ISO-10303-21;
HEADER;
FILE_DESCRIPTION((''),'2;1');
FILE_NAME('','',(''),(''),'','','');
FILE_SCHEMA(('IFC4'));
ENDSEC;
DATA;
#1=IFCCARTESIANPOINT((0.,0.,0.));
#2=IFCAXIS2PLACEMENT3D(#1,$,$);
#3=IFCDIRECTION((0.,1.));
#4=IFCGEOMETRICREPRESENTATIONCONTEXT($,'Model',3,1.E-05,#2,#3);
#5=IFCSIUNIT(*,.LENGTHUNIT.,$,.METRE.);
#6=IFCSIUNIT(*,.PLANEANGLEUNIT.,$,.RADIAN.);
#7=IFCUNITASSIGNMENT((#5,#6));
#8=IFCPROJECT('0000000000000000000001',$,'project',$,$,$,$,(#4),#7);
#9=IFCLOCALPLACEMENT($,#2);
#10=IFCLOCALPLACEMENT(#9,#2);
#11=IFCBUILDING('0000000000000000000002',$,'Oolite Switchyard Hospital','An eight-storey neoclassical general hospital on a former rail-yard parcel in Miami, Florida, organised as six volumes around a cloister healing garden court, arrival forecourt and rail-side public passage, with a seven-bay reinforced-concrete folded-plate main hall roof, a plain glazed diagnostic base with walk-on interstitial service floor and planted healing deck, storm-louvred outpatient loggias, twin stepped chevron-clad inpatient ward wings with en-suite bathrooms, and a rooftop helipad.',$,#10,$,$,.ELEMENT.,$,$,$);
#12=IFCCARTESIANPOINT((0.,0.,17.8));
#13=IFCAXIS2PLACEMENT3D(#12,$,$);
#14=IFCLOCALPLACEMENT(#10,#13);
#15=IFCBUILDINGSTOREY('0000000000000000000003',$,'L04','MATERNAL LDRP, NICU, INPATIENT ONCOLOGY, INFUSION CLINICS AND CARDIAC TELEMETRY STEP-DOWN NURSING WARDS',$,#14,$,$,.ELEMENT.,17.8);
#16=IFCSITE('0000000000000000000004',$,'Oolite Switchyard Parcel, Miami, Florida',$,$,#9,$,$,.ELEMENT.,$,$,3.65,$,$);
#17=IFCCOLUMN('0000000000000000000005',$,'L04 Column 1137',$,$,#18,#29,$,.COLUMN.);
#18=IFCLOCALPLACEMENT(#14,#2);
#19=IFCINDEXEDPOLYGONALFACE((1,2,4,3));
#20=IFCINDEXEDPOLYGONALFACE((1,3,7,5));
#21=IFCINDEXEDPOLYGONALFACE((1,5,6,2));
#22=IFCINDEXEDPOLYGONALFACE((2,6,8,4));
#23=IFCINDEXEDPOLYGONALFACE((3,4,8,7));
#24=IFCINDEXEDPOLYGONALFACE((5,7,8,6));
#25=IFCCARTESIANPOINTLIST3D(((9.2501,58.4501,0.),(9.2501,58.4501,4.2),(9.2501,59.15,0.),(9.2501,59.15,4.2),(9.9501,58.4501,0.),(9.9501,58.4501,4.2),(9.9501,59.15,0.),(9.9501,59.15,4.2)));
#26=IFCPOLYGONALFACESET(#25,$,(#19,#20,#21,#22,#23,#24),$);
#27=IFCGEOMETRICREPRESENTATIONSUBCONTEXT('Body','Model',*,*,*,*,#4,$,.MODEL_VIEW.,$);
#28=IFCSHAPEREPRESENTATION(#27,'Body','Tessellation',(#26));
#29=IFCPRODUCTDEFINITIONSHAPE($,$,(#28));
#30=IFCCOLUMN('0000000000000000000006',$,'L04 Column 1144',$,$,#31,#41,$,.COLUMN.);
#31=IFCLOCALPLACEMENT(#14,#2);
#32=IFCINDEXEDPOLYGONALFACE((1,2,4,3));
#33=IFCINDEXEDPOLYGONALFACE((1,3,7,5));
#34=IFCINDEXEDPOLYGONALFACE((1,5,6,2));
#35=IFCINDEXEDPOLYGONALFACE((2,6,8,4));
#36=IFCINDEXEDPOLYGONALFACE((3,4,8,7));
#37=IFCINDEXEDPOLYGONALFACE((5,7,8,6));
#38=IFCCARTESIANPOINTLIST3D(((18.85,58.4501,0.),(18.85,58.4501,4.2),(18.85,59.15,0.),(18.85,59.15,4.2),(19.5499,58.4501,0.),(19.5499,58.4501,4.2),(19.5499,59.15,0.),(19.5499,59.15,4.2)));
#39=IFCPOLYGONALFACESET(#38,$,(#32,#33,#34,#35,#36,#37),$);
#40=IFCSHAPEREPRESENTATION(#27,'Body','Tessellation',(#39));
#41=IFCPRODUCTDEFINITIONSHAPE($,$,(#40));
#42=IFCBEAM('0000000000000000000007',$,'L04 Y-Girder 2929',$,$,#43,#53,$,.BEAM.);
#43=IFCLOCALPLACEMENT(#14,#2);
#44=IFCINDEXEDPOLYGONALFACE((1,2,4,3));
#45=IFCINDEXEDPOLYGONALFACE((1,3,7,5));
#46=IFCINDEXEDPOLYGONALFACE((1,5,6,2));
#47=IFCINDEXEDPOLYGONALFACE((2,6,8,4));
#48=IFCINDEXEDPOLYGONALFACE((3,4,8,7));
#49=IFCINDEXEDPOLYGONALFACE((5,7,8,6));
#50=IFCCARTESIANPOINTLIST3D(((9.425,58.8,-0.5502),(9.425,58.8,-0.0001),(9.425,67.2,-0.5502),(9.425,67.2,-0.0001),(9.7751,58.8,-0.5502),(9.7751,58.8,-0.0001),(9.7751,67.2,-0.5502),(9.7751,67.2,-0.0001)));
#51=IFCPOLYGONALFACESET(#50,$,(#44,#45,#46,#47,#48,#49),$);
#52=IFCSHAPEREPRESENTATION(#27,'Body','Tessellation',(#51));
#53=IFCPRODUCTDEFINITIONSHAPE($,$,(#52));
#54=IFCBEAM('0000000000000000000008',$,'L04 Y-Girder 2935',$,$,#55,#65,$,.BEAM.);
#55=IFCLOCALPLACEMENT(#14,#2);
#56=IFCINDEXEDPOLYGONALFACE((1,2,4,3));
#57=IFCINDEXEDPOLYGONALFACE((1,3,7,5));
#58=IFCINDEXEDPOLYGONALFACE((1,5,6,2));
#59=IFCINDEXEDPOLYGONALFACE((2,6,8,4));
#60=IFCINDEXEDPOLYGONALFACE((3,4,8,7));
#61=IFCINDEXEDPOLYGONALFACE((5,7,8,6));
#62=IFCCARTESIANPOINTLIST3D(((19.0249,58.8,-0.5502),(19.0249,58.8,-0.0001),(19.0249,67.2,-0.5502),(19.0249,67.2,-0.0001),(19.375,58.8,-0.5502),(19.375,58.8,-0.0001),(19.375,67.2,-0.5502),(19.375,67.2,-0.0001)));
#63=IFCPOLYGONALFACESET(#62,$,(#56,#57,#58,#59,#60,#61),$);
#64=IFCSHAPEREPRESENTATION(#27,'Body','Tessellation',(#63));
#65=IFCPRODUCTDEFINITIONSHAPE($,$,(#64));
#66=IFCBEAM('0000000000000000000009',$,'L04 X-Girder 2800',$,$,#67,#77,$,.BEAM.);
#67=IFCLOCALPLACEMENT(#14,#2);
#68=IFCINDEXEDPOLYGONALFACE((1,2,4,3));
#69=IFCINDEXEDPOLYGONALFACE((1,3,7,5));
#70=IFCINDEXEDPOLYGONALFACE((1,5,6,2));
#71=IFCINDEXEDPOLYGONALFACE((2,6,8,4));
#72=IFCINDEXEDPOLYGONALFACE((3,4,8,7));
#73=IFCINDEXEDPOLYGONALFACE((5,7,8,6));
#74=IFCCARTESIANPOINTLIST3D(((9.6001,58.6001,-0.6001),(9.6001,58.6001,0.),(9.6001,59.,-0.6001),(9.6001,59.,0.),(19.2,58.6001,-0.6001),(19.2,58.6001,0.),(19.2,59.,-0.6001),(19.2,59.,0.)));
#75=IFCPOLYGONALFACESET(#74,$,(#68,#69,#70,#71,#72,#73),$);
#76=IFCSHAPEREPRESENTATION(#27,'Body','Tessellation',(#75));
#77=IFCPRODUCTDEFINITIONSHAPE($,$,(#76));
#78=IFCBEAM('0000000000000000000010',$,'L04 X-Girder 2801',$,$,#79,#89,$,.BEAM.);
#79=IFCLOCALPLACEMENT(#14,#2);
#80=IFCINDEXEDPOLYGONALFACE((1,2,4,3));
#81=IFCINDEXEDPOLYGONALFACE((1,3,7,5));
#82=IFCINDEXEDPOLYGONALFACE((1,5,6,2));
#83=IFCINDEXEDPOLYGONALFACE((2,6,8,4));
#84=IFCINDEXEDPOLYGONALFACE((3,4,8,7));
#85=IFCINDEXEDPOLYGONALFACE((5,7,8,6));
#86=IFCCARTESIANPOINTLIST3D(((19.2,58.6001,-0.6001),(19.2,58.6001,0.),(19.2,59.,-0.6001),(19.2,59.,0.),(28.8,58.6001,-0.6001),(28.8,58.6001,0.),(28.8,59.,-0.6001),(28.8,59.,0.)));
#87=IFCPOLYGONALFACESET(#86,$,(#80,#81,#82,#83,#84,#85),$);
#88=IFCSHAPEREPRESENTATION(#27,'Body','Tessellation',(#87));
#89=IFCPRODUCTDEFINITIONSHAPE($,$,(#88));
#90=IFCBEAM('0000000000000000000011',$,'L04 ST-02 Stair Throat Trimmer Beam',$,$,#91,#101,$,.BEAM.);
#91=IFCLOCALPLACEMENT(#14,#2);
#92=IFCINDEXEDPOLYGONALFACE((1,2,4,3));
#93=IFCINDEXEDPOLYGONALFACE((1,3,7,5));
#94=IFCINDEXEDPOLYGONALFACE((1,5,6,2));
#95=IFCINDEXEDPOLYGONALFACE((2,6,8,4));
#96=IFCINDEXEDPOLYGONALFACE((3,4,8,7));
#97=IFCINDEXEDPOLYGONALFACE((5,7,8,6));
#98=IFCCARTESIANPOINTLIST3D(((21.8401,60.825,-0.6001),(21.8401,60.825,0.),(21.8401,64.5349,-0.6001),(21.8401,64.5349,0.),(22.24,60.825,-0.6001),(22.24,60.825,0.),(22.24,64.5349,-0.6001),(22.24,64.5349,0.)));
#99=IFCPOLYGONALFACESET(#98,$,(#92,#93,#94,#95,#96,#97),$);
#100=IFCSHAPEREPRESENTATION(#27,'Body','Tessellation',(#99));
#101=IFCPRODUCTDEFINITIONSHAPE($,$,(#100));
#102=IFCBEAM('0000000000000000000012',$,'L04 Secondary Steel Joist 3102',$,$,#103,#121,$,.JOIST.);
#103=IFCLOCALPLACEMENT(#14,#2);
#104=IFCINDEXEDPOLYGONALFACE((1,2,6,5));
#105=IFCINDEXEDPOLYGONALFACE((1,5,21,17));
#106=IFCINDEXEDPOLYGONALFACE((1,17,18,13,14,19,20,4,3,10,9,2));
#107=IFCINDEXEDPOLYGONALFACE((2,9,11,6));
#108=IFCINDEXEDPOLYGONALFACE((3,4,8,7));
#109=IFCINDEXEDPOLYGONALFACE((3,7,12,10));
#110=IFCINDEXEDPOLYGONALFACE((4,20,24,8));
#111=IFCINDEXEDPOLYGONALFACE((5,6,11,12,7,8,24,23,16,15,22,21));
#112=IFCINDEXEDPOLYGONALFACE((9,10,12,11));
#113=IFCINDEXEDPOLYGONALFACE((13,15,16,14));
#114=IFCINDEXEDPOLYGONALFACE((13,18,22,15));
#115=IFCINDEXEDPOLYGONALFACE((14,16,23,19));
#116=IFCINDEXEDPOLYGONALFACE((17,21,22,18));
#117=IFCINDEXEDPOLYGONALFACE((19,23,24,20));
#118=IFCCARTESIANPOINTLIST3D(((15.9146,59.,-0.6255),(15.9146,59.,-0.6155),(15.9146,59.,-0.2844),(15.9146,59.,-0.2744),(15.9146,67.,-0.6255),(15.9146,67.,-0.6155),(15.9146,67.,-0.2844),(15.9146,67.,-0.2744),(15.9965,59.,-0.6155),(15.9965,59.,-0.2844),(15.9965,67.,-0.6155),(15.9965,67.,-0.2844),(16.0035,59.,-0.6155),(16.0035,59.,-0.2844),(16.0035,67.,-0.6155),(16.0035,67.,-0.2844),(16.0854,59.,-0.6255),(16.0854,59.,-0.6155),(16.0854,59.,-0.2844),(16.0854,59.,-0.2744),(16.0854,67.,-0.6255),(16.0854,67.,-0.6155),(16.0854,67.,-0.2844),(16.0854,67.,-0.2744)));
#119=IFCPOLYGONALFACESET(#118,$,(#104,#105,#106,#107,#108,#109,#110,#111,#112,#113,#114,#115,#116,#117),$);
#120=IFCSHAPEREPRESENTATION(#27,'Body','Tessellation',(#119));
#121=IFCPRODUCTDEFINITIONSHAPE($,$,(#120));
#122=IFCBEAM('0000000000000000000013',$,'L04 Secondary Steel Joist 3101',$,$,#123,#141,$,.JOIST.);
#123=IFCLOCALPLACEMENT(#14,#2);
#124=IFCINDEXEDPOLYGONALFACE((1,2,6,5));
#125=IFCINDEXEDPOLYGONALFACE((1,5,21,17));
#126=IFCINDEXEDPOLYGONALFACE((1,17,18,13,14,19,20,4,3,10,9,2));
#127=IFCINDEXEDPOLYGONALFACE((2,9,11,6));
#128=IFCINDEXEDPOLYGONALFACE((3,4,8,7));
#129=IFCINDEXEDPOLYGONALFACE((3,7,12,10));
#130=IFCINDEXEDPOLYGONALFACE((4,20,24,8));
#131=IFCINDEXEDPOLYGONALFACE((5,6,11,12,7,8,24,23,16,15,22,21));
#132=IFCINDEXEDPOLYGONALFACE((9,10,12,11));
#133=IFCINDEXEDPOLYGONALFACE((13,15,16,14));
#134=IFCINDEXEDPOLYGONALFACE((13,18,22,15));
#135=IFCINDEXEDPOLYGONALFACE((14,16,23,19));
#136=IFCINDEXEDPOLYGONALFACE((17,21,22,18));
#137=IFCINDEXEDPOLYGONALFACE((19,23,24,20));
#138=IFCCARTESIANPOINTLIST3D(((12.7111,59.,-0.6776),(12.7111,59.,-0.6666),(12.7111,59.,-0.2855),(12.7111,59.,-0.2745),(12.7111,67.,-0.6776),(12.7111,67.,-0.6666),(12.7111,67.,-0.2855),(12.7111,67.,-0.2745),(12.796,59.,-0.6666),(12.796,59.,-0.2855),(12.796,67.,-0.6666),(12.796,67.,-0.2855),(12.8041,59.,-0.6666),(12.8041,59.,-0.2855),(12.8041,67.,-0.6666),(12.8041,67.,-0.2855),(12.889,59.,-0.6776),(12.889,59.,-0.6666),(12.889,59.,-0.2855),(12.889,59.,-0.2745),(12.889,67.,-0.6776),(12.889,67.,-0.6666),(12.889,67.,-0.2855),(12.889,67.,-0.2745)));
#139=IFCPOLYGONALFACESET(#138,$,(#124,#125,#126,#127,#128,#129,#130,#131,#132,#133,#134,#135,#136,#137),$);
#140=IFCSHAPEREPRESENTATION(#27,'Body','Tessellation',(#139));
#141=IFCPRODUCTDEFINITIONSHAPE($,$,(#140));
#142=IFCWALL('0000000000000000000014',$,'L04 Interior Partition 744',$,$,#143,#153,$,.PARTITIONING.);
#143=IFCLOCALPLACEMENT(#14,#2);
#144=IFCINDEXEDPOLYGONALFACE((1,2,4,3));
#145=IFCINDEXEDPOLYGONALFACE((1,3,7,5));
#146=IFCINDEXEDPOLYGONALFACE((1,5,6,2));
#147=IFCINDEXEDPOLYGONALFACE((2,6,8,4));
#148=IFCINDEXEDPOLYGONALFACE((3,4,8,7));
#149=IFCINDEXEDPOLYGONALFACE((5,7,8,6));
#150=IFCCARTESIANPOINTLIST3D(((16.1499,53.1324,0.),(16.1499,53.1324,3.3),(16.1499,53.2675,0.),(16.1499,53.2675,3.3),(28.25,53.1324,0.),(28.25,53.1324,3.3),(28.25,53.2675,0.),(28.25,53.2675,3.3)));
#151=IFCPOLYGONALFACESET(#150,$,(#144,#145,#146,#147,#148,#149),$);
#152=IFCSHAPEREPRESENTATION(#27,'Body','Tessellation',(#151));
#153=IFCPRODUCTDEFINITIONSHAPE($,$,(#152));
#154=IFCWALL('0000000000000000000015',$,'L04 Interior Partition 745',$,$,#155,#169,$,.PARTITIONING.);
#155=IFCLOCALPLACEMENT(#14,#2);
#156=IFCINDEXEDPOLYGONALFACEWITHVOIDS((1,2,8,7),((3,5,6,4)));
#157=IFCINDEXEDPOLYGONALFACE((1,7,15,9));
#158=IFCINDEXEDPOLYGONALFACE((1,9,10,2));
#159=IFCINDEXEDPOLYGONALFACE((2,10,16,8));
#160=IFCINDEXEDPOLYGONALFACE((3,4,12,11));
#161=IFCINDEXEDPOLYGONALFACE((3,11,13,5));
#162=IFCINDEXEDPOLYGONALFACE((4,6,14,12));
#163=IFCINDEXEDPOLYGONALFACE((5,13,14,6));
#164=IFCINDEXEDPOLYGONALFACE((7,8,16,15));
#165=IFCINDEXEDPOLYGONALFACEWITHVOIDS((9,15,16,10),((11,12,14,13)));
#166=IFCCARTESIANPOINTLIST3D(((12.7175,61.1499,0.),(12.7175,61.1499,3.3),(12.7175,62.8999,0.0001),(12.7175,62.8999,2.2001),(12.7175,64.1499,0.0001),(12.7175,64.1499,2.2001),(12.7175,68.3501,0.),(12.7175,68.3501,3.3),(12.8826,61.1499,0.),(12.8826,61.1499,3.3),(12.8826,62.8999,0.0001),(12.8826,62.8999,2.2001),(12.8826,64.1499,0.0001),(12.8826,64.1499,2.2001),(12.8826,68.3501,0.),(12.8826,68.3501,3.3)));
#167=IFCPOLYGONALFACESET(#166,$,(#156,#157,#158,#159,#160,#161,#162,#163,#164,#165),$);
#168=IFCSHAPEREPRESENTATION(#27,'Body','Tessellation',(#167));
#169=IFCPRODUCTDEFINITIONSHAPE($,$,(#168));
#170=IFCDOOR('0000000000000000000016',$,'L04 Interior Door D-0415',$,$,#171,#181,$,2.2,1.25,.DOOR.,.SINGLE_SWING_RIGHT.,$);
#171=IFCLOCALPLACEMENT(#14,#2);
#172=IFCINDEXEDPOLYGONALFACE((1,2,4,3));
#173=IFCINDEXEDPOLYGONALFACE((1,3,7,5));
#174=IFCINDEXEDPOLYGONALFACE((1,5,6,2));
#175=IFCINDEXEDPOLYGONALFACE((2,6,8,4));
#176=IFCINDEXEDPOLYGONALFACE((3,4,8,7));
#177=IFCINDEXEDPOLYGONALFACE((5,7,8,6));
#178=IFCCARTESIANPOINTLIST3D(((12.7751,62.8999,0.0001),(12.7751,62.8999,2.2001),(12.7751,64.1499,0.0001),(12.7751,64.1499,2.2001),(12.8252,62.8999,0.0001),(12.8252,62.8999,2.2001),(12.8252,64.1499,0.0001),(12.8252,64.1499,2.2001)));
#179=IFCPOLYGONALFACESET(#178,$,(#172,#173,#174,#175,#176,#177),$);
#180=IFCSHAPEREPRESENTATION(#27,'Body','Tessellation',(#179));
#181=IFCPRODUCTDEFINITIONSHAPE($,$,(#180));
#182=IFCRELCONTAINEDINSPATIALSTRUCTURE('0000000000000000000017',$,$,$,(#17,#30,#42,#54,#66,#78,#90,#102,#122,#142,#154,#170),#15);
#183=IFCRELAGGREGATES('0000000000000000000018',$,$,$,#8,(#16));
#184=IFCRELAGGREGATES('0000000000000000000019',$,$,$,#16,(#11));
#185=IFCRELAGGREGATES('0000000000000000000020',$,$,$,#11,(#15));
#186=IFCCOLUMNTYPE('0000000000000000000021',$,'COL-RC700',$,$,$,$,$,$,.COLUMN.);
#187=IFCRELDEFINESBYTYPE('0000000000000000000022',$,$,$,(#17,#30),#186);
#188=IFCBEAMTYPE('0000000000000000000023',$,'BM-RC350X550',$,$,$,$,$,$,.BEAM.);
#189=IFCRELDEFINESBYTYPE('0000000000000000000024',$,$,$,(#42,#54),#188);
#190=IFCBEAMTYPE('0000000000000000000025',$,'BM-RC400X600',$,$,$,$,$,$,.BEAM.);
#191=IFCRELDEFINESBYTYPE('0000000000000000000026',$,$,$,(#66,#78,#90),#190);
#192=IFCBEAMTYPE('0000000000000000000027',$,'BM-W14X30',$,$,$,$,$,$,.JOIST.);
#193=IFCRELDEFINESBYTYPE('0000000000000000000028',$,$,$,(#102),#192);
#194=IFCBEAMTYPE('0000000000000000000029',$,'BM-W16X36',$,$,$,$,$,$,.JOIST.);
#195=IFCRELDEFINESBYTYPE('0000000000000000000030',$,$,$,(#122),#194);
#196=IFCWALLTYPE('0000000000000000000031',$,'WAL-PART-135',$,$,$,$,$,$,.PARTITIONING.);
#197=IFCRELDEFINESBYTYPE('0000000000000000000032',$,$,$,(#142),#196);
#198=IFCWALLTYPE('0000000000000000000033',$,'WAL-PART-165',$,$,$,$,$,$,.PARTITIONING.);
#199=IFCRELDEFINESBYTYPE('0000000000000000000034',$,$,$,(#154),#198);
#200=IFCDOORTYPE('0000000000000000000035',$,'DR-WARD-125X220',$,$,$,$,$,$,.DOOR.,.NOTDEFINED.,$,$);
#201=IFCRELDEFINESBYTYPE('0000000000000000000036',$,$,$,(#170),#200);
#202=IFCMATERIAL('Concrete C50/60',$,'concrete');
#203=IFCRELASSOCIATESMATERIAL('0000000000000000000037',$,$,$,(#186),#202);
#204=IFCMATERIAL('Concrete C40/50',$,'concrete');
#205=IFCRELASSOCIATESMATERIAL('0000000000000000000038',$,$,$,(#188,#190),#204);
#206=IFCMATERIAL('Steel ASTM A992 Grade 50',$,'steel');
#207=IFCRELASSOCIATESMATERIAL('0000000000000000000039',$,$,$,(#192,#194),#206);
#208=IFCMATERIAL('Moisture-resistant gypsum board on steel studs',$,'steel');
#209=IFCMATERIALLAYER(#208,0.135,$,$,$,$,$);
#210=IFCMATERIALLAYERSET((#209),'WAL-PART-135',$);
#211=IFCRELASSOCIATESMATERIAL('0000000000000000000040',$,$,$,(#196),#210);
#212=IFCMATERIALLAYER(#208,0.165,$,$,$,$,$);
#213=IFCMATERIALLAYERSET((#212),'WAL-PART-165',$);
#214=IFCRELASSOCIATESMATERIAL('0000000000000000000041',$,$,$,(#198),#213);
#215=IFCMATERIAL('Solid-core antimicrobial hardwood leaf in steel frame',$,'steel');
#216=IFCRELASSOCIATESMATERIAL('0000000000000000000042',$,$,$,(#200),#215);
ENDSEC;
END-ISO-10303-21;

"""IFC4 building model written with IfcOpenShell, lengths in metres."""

from ifc_helpers import new_model, si_unit, direction, frame, frame_2d, origin, origin_2d, place, context, subcontext, project, spatial, rectangle, i_section, extrude, material, layer, layer_set, material_profile, profile_set, type_object, element, fill, save


model = new_model("IFC4")

# Units and contexts
model_context = context("Model", 3, precision=1e-05, world=origin(), true_north=direction((0.0, 1.0)))
body_context = subcontext(model_context, "Body", "Model", "MODEL_VIEW")
ifc_project = project(units=[si_unit("LENGTHUNIT", "METRE"), si_unit("PLANEANGLEUNIT", "RADIAN")], contexts=[model_context])

# Site, building, storey
site_placement = place(None, origin())
site = spatial("IfcSite", under=ifc_project, at=site_placement, Name="Oolite Switchyard Parcel, Miami, Florida", CompositionType="ELEMENT", RefElevation=3.65)
building_placement = place(site_placement, origin())
building = spatial("IfcBuilding", under=site, at=building_placement, Name="Oolite Switchyard Hospital", Description="An eight-storey neoclassical general hospital on a former rail-yard parcel in Miami, Florida, organised as six volumes around a cloister healing garden court, arrival forecourt and rail-side public passage, with a seven-bay reinforced-concrete folded-plate main hall roof, a plain glazed diagnostic base with walk-on interstitial service floor and planted healing deck, storm-louvred outpatient loggias, twin stepped chevron-clad inpatient ward wings with en-suite bathrooms, and a rooftop helipad.", CompositionType="ELEMENT")
storey_placement = place(building_placement, frame((0.0, 0.0, 17.8)))
storey = spatial("IfcBuildingStorey", under=building, at=storey_placement, Name="L04", Description="MATERNAL LDRP, NICU, INPATIENT ONCOLOGY, INFUSION CLINICS AND CARDIAC TELEMETRY STEP-DOWN NURSING WARDS", CompositionType="ELEMENT", Elevation=17.8)

# Columns
ifc_material_1 = material(Name="Concrete C50/60", Category="concrete")
ifc_material_profile_1 = material_profile(ifc_material_1, rectangle(XDim=0.7, YDim=0.7, at=origin_2d()), Name="RC700X700")
ifc_profile_set_1 = profile_set([ifc_material_profile_1], Name="Concrete C50/60")
column_type = type_object("IfcColumnType", Name="COL-RC700", PredefinedType="COLUMN", material=ifc_profile_set_1)
for number, where, z_axis, x_axis, name in (
    (1, (9.6001, 58.8, 0.0), (0.0, 0.0, 1.0), (1.0, 0.0, 0.0), "L04 Column 1137"),
    (2, (19.2, 58.8, 0.0), (0.0, 0.0, 1.0), (1.0, 0.0, 0.0), "L04 Column 1144"),
):
    element("IfcColumn", number, at=place(storey_placement, frame(where, z_axis=z_axis, x_axis=x_axis)), inside=storey, type_object=column_type, Name=name, PredefinedType="COLUMN", context=body_context, shape_type="SweptSolid", body=[
        extrude(rectangle(XDim=0.7, YDim=0.7, at=origin_2d()), origin(), (0.0, 0.0, 1.0), 4.2),
    ])

# Beams
ifc_material_2 = material(Name="Concrete C40/50", Category="concrete")
ifc_material_profile_2 = material_profile(ifc_material_2, rectangle(XDim=0.3501, YDim=0.55, at=origin_2d()), Name="RCB350X550")
ifc_profile_set_2 = profile_set([ifc_material_profile_2], Name="Concrete C40/50")
beam_type_1 = type_object("IfcBeamType", Name="BM-RC350X550", PredefinedType="BEAM", material=ifc_profile_set_2)
for number, where, z_axis, x_axis, name in (
    (3, (9.6001, 58.8, -0.2751), (0.0, 1.0, 0.0), (-1.0, 0.0, 0.0), "L04 Y-Girder 2929"),
    (4, (19.2, 58.8, -0.2751), (0.0, 1.0, 0.0), (-1.0, 0.0, 0.0), "L04 Y-Girder 2935"),
):
    element("IfcBeam", number, at=place(storey_placement, frame(where, z_axis=z_axis, x_axis=x_axis)), inside=storey, type_object=beam_type_1, Name=name, PredefinedType="BEAM", context=body_context, shape_type="SweptSolid", body=[
        extrude(rectangle(XDim=0.3501, YDim=0.55, at=origin_2d()), origin(), (0.0, 0.0, 1.0), 8.3999),
    ])
ifc_material_profile_3 = material_profile(ifc_material_2, rectangle(XDim=0.3999, YDim=0.6001, at=origin_2d()), Name="RCB400X600")
ifc_profile_set_3 = profile_set([ifc_material_profile_3], Name="Concrete C40/50")
beam_type_2 = type_object("IfcBeamType", Name="BM-RC400X600", PredefinedType="BEAM", material=ifc_profile_set_3)
beam_1_placement = place(storey_placement, frame((9.6001, 58.8, -0.3), z_axis=(1.0, 0.0, 0.0), x_axis=(0.0, 1.0, 0.0)))
element("IfcBeam", 5, at=beam_1_placement, inside=storey, type_object=beam_type_2, Name="L04 X-Girder 2800", PredefinedType="BEAM", context=body_context, shape_type="SweptSolid", body=[
    extrude(rectangle(XDim=0.3999, YDim=0.6001, at=origin_2d()), origin(), (0.0, 0.0, 1.0), 9.5999),
])
beam_2_placement = place(storey_placement, frame((19.2, 58.8, -0.3), z_axis=(1.0, 0.0, 0.0), x_axis=(0.0, 1.0, 0.0)))
element("IfcBeam", 6, at=beam_2_placement, inside=storey, type_object=beam_type_2, Name="L04 X-Girder 2801", PredefinedType="BEAM", context=body_context, shape_type="SweptSolid", body=[
    extrude(rectangle(XDim=0.3999, YDim=0.6001, at=origin_2d()), origin(), (0.0, 0.0, 1.0), 9.6001),
])
beam_3_placement = place(storey_placement, frame((22.04, 60.825, -0.3), z_axis=(0.0, 1.0, 0.0), x_axis=(-1.0, 0.0, 0.0)))
element("IfcBeam", 7, at=beam_3_placement, inside=storey, type_object=beam_type_2, Name="L04 ST-02 Stair Throat Trimmer Beam", PredefinedType="BEAM", context=body_context, shape_type="SweptSolid", body=[
    extrude(rectangle(XDim=0.3999, YDim=0.6001, at=origin_2d()), origin(), (0.0, 0.0, 1.0), 3.71),
])
ifc_material_3 = material(Name="Steel ASTM A992 Grade 50", Category="steel")
ifc_material_profile_4 = material_profile(ifc_material_3, i_section(OverallWidth=0.1709, OverallDepth=0.3511, WebThickness=0.0071, FlangeThickness=0.01, at=origin_2d()), Name="W14X30")
ifc_profile_set_4 = profile_set([ifc_material_profile_4], Name="Steel ASTM A992 Grade 50")
beam_type_3 = type_object("IfcBeamType", Name="BM-W14X30", PredefinedType="JOIST", material=ifc_profile_set_4)
beam_4_placement = place(storey_placement, frame((16.0, 59.0, -0.45), z_axis=(0.0, 1.0, 0.0), x_axis=(-1.0, 0.0, 0.0)))
element("IfcBeam", 8, at=beam_4_placement, inside=storey, type_object=beam_type_3, Name="L04 Secondary Steel Joist 3102", PredefinedType="JOIST", context=body_context, shape_type="SweptSolid", body=[
    extrude(i_section(OverallWidth=0.1709, OverallDepth=0.3511, WebThickness=0.0071, FlangeThickness=0.01, at=origin_2d()), origin(), (0.0, 0.0, 1.0), 8.0),
])
ifc_material_profile_5 = material_profile(ifc_material_3, i_section(OverallWidth=0.178, OverallDepth=0.4031, WebThickness=0.0081, FlangeThickness=0.011, at=origin_2d()), Name="W16X36")
ifc_profile_set_5 = profile_set([ifc_material_profile_5], Name="Steel ASTM A992 Grade 50")
beam_type_4 = type_object("IfcBeamType", Name="BM-W16X36", PredefinedType="JOIST", material=ifc_profile_set_5)
beam_5_placement = place(storey_placement, frame((12.8, 59.0, -0.4761), z_axis=(0.0, 1.0, 0.0), x_axis=(-1.0, 0.0, 0.0)))
element("IfcBeam", 9, at=beam_5_placement, inside=storey, type_object=beam_type_4, Name="L04 Secondary Steel Joist 3101", PredefinedType="JOIST", context=body_context, shape_type="SweptSolid", body=[
    extrude(i_section(OverallWidth=0.178, OverallDepth=0.4031, WebThickness=0.0081, FlangeThickness=0.011, at=origin_2d()), origin(), (0.0, 0.0, 1.0), 8.0),
])

# Wall
ifc_material_4 = material(Name="Moisture-resistant gypsum board on steel studs", Category="steel")
ifc_layer_1 = layer(ifc_material_4, 0.135)
ifc_layer_set_1 = layer_set([ifc_layer_1], Name="WAL-PART-135")
wall_type_1 = type_object("IfcWallType", Name="WAL-PART-135", PredefinedType="PARTITIONING", material=ifc_layer_set_1)
wall_1_placement = place(storey_placement, frame((16.1499, 53.2, 0.0), z_axis=(0.0, 0.0, 1.0), x_axis=(1.0, 0.0, 0.0)))
element("IfcWall", 10, at=wall_1_placement, inside=storey, type_object=wall_type_1, Name="L04 Interior Partition 744", PredefinedType="PARTITIONING", context=body_context, shape_type="SweptSolid", body=[
    extrude(rectangle(XDim=12.1001, YDim=0.135, at=frame_2d((6.05, 0.0))), origin(), (0.0, 0.0, 1.0), 3.3),
])

# Wall, opening, door
ifc_layer_2 = layer(ifc_material_4, 0.165)
ifc_layer_set_2 = layer_set([ifc_layer_2], Name="WAL-PART-165")
wall_type_2 = type_object("IfcWallType", Name="WAL-PART-165", PredefinedType="PARTITIONING", material=ifc_layer_set_2)
wall_2_placement = place(storey_placement, frame((12.8, 61.1499, 0.0), z_axis=(0.0, 0.0, 1.0), x_axis=(0.0, 1.0, 0.0)))
wall_2 = element("IfcWall", 11, at=wall_2_placement, inside=storey, type_object=wall_type_2, Name="L04 Interior Partition 745", PredefinedType="PARTITIONING", context=body_context, shape_type="SweptSolid", body=[
    extrude(rectangle(XDim=7.2002, YDim=0.165, at=frame_2d((3.6001, 0.0))), origin(), (0.0, 0.0, 1.0), 3.3),
])
opening_1_placement = place(wall_2_placement, frame((1.75, 0.0, 0.0)))
opening_1 = element("IfcOpeningElement", 12, at=opening_1_placement, cuts=wall_2, PredefinedType="OPENING", context=body_context, shape_type="SweptSolid", body=[
    extrude(rectangle(XDim=1.25, YDim=2.2, at=frame_2d((0.625, 1.1001))), frame((0.0, 0.0925, 0.0), z_axis=(0.0, -1.0, 0.0), x_axis=(1.0, 0.0, 0.0)), (0.0, 0.0, 1.0), 0.1851),
])
ifc_material_5 = material(Name="Solid-core antimicrobial hardwood leaf in steel frame", Category="steel")
door_type_1 = type_object("IfcDoorType", Name="DR-WARD-125X220", OperationType="NOTDEFINED", PredefinedType="DOOR", material=ifc_material_5)
door_1_placement = place(opening_1_placement, origin())
door_1 = element("IfcDoor", 13, at=door_1_placement, inside=storey, type_object=door_type_1, Name="L04 Interior Door D-0415", OperationType="SINGLE_SWING_RIGHT", OverallHeight=2.2, OverallWidth=1.25, PredefinedType="DOOR", context=body_context, shape_type="SweptSolid", body=[
    extrude(rectangle(XDim=1.25, YDim=2.2, at=frame_2d((0.625, 1.1001))), frame((0.0, 0.0249, 0.0), z_axis=(0.0, -1.0, 0.0), x_axis=(1.0, 0.0, 0.0)), (0.0, 0.0, 1.0), 0.05),
])
fill(opening_1, door_1)

save(model, "model.ifc")
